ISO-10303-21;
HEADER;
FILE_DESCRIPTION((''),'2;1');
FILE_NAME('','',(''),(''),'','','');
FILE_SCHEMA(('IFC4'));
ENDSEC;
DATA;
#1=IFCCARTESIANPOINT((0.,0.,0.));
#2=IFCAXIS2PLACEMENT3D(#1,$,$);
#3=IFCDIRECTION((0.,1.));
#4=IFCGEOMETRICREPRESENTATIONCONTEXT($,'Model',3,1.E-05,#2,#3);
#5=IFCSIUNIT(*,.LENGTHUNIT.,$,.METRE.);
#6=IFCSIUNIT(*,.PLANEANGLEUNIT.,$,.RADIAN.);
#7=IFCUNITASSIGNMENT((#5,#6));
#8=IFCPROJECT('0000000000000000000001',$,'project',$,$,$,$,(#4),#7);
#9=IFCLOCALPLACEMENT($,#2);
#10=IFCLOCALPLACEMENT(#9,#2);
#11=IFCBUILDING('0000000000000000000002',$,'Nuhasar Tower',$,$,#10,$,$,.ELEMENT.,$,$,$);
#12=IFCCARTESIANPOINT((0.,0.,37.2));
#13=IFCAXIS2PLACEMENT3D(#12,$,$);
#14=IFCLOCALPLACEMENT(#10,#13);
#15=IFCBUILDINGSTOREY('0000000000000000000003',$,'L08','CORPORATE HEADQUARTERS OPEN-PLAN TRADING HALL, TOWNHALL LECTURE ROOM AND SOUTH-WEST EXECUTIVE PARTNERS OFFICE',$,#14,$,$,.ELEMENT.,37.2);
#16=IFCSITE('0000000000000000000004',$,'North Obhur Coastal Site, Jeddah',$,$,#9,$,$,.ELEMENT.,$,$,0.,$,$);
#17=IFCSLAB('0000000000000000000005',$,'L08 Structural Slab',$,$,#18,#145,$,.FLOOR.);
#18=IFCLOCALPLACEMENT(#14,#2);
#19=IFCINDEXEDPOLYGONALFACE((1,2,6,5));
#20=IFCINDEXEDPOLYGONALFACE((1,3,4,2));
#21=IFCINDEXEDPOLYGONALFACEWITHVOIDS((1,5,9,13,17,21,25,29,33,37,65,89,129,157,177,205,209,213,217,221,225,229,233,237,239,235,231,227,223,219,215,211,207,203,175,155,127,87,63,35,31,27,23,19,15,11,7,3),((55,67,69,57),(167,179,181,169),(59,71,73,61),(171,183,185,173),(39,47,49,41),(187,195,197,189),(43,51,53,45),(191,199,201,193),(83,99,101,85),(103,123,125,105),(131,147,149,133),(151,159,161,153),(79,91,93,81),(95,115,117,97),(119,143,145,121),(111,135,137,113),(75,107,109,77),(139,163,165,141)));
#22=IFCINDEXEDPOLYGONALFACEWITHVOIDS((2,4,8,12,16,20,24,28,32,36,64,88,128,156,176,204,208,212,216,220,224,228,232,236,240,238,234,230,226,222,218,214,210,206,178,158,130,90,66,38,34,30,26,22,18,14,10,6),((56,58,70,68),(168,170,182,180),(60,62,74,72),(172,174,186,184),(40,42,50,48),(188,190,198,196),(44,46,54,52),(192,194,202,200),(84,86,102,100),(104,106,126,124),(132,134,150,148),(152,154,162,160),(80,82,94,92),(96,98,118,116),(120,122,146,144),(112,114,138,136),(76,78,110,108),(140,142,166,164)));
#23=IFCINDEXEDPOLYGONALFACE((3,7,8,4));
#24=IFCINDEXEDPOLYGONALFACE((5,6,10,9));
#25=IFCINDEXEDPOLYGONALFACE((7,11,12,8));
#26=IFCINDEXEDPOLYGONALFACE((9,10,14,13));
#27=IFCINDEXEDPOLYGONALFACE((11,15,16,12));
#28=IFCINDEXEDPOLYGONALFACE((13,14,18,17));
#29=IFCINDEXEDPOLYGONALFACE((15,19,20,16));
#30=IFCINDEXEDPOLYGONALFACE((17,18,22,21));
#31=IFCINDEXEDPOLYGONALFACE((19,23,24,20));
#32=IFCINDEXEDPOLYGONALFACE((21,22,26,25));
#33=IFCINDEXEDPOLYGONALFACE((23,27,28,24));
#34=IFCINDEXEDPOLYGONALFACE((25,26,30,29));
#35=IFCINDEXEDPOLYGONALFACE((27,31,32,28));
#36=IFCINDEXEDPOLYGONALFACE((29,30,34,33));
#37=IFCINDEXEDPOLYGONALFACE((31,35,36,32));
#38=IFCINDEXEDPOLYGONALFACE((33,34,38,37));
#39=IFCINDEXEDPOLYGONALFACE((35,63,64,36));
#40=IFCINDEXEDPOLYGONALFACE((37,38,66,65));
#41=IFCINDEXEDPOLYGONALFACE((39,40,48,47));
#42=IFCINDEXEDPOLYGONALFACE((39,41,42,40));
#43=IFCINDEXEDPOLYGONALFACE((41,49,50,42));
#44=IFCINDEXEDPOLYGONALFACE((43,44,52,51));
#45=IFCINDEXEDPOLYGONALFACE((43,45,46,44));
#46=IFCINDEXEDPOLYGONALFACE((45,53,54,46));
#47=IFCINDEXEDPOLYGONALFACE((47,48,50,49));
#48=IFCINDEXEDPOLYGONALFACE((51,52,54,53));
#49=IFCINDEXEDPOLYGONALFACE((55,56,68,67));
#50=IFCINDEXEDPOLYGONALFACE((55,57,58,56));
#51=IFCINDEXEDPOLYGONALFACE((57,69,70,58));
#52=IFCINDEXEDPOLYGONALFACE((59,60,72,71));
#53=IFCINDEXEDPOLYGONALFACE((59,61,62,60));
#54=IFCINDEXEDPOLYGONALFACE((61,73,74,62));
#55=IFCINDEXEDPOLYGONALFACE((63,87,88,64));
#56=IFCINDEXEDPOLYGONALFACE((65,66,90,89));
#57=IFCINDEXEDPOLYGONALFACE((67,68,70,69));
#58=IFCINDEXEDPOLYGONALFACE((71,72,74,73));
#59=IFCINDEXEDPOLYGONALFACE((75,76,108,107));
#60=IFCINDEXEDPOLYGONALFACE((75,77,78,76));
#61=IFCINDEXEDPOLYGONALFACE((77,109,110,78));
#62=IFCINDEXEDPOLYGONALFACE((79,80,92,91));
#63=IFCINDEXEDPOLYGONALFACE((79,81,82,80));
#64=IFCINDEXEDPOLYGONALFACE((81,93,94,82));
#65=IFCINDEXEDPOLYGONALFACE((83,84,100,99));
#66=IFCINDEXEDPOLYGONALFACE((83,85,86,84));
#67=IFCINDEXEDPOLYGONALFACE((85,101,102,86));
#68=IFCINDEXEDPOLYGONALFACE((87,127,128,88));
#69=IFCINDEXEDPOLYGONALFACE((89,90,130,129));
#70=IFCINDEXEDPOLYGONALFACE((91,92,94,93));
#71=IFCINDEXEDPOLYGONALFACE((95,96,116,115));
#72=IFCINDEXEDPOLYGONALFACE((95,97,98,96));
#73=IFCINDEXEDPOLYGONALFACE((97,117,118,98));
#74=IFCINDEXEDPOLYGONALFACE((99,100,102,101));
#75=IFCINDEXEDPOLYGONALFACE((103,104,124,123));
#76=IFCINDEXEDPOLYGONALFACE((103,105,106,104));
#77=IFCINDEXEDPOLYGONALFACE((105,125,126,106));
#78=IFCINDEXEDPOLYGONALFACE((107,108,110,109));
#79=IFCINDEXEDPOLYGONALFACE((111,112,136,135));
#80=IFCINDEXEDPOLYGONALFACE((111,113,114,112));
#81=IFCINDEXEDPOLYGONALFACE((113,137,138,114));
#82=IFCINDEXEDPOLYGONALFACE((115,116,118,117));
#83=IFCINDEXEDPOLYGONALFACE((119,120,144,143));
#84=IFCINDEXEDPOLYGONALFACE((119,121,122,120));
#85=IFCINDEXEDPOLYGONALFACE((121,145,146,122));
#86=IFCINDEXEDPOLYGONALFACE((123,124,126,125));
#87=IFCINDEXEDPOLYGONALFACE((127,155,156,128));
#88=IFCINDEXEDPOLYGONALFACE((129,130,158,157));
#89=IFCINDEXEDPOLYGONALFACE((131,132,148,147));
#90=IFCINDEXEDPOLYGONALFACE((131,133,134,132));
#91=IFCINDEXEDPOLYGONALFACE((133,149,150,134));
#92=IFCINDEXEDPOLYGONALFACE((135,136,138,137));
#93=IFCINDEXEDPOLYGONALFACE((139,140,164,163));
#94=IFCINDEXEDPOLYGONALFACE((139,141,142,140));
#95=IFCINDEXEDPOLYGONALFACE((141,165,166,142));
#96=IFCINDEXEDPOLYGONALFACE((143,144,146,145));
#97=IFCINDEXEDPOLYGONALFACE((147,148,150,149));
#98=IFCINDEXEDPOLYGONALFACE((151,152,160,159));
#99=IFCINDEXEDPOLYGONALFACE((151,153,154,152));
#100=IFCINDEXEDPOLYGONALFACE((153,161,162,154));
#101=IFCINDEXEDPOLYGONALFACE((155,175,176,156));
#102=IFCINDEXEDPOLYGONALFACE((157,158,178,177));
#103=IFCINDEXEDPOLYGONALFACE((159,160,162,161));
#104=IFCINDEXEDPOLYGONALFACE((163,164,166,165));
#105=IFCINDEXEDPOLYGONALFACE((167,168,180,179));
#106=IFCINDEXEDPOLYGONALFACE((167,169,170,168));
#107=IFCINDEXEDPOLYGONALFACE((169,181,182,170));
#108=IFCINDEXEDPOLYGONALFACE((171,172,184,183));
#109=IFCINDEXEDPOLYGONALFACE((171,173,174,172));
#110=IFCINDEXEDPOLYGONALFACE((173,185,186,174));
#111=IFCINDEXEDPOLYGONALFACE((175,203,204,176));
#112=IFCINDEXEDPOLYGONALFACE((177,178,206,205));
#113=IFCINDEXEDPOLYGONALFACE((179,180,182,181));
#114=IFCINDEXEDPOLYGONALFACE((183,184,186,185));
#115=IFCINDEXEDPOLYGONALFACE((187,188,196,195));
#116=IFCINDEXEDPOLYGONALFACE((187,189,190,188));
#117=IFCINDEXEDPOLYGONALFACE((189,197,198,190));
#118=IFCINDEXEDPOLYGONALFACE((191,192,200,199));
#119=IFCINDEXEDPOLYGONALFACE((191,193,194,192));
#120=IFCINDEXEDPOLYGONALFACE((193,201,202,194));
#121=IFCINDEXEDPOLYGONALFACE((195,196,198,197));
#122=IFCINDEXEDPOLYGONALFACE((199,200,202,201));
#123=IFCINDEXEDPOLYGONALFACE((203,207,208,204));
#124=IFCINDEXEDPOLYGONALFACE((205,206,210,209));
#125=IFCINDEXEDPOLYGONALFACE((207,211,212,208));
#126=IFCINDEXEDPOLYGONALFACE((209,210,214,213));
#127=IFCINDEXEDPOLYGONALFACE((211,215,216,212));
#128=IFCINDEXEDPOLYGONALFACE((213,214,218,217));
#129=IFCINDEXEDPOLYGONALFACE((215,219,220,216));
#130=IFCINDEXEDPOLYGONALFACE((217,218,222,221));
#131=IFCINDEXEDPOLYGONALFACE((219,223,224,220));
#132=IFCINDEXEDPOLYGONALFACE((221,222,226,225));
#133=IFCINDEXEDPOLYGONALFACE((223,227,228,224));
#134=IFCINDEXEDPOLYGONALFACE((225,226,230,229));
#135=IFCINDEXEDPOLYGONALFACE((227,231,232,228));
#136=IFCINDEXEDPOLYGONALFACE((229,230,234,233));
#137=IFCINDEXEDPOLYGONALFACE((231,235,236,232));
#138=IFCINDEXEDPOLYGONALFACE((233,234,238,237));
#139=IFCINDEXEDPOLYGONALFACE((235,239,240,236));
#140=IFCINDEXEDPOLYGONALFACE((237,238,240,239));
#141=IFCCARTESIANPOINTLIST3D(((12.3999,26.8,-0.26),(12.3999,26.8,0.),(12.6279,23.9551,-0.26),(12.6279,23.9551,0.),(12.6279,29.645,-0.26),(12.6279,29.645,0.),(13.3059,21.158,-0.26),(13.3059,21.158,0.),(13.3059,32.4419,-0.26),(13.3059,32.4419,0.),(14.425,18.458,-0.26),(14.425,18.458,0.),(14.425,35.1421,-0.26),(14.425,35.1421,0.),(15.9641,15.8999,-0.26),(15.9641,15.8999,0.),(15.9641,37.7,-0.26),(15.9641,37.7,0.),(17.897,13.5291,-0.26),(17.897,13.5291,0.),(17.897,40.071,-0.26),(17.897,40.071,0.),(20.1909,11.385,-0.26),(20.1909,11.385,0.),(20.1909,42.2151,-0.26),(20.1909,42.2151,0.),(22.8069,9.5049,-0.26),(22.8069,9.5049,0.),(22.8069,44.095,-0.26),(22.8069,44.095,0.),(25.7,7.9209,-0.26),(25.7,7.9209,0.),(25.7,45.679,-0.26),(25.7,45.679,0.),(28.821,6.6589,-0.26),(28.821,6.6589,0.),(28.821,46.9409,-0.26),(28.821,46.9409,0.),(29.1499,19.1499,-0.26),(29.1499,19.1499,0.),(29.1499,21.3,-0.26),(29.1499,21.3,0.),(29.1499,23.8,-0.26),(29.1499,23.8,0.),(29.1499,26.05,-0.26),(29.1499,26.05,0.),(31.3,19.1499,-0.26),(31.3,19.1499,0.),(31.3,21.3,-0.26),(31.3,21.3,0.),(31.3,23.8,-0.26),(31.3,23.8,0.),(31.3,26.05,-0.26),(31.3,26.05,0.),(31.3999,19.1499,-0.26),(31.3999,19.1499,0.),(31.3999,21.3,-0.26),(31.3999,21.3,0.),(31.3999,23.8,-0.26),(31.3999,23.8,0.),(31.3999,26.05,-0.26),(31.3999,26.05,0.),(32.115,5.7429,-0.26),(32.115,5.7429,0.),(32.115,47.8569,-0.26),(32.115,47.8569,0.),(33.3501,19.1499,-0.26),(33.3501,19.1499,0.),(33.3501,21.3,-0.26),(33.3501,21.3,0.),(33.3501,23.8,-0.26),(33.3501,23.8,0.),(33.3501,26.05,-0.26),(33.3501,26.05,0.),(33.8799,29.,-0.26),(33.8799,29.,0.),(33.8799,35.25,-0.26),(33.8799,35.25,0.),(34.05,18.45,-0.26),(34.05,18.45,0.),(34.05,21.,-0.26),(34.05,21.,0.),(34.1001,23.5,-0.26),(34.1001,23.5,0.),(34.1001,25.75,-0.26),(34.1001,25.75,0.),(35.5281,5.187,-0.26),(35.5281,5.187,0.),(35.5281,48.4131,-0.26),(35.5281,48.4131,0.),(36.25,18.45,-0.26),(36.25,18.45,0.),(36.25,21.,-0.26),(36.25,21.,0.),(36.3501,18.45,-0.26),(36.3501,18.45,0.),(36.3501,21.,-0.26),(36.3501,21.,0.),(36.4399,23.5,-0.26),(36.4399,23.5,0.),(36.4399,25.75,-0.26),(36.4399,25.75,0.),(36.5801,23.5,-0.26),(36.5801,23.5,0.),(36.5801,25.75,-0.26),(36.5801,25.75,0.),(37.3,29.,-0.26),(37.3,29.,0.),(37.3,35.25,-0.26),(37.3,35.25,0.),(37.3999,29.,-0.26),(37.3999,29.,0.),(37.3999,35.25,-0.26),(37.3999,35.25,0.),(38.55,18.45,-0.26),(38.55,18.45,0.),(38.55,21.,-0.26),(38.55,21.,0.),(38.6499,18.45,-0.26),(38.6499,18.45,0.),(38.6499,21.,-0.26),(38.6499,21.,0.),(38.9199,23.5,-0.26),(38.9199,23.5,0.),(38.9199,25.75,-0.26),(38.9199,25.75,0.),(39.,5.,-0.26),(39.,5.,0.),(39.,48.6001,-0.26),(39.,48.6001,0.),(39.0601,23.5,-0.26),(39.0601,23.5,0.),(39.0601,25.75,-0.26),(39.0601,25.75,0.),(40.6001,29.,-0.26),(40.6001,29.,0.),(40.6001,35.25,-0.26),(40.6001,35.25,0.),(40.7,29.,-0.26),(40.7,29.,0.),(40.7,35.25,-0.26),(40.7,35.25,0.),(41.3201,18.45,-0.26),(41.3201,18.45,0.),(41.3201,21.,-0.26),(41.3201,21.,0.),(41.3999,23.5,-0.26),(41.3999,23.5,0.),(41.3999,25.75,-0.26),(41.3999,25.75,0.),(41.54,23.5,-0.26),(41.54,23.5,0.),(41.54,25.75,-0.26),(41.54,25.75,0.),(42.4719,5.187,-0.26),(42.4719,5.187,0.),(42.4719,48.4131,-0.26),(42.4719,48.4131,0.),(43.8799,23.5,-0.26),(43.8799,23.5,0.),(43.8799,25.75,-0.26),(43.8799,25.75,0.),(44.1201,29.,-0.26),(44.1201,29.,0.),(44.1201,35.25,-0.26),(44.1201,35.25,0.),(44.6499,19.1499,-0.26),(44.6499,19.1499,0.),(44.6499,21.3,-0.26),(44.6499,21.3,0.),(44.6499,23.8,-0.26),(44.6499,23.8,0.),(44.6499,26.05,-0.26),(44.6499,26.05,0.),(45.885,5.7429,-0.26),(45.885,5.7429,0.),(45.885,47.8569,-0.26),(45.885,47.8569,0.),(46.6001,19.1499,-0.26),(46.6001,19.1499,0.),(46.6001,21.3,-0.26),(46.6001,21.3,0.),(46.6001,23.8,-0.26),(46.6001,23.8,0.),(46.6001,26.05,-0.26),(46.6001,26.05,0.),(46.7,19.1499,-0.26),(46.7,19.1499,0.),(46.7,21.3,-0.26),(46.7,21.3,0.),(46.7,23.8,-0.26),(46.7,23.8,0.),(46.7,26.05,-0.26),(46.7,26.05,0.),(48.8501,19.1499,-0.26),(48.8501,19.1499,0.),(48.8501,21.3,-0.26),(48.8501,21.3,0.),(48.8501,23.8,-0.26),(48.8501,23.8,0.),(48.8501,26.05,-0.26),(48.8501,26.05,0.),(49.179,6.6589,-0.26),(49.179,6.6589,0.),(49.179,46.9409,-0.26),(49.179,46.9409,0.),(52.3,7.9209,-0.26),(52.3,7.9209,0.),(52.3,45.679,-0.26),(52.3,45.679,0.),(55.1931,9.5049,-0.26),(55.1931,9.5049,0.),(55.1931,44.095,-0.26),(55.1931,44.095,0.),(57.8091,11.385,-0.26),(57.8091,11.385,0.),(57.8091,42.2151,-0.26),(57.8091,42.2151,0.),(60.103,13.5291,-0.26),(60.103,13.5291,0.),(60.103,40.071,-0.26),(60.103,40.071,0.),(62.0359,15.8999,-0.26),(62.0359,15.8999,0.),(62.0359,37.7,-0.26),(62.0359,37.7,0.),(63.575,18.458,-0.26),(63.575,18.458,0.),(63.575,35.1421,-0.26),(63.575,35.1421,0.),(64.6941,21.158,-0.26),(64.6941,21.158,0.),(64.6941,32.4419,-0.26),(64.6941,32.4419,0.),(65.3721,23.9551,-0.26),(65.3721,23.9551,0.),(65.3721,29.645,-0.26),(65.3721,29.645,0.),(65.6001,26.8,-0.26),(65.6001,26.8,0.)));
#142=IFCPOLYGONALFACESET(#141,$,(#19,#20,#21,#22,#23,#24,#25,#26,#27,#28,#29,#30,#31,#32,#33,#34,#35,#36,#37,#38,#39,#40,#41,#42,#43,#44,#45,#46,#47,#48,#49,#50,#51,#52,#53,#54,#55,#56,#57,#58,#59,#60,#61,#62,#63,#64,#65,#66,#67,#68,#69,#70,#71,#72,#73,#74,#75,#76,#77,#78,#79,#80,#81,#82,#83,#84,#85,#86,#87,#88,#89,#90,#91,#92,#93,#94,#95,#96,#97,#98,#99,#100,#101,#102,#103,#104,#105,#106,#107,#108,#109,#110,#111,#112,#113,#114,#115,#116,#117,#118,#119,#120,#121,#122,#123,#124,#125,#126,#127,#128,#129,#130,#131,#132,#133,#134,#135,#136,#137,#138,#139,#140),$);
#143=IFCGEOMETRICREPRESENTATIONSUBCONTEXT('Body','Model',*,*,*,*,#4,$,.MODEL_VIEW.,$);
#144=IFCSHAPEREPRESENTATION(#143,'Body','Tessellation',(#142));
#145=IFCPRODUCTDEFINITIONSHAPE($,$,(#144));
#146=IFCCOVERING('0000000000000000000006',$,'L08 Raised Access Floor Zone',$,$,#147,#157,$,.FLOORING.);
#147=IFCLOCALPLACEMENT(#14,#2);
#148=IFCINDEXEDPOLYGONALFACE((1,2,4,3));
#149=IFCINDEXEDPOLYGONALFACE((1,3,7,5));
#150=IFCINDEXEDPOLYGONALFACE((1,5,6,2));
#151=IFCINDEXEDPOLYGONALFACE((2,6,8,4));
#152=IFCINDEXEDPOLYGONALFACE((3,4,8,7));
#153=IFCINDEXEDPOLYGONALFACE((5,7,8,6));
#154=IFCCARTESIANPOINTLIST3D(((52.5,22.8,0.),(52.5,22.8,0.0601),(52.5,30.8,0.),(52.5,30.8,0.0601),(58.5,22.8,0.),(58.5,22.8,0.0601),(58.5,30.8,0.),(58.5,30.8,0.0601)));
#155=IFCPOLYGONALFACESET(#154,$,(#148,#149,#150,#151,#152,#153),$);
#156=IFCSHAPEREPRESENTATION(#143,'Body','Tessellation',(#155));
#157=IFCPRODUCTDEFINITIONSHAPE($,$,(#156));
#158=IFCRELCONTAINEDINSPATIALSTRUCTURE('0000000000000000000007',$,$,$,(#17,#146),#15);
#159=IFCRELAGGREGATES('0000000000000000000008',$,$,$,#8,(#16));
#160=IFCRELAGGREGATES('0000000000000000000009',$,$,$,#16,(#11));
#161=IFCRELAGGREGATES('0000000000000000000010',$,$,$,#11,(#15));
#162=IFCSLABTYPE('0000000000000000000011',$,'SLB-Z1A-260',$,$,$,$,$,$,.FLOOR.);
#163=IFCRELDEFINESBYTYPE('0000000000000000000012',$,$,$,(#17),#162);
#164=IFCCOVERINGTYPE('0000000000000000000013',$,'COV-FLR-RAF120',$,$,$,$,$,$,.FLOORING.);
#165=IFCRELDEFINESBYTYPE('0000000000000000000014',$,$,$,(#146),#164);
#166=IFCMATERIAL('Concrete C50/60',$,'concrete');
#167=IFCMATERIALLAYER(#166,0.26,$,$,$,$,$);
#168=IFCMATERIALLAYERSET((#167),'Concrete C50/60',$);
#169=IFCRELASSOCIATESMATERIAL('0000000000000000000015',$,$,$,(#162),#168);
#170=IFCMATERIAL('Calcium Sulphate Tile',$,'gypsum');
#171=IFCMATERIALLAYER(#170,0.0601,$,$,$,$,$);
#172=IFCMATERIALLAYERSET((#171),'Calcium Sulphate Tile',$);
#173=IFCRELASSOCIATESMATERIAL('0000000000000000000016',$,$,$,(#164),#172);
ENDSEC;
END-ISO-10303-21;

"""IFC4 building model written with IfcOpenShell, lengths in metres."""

from ifc_helpers import new_model, si_unit, direction, frame, origin, place, context, subcontext, project, spatial, polyline, outline, extrude, material, layer, layer_set, type_object, element, save


model = new_model("IFC4")

# Units and contexts
model_context = context("Model", 3, precision=1e-05, world=origin(), true_north=direction((0.0, 1.0)))
body_context = subcontext(model_context, "Body", "Model", "MODEL_VIEW")
ifc_project = project(units=[si_unit("LENGTHUNIT", "METRE"), si_unit("PLANEANGLEUNIT", "RADIAN")], contexts=[model_context])

# Site, building, storey
site_placement = place(None, origin())
site = spatial("IfcSite", under=ifc_project, at=site_placement, Name="North Obhur Coastal Site, Jeddah", CompositionType="ELEMENT", RefElevation=0.0)
building_placement = place(site_placement, origin())
building = spatial("IfcBuilding", under=site, at=building_placement, Name="Nuhasar Tower", CompositionType="ELEMENT")
storey_placement = place(building_placement, frame((0.0, 0.0, 37.2)))
storey = spatial("IfcBuildingStorey", under=building, at=storey_placement, Name="L08", Description="CORPORATE HEADQUARTERS OPEN-PLAN TRADING HALL, TOWNHALL LECTURE ROOM AND SOUTH-WEST EXECUTIVE PARTNERS OFFICE", CompositionType="ELEMENT", Elevation=37.2)

# Slab
ifc_material_1 = material(Name="Concrete C50/60", Category="concrete")
ifc_layer_1 = layer(ifc_material_1, 0.26)
ifc_layer_set_1 = layer_set([ifc_layer_1], Name="Concrete C50/60")
slab_type_1 = type_object("IfcSlabType", Name="SLB-Z1A-260", PredefinedType="FLOOR", material=ifc_layer_set_1)
slab_1_placement = place(storey_placement, frame((0.0, 0.0, -0.26)))
element("IfcSlab", 1, at=slab_1_placement, inside=storey, type_object=slab_type_1, Name="L08 Structural Slab", PredefinedType="FLOOR", context=body_context, shape_type="SweptSolid", body=[
    extrude(outline(polyline([(65.6001, 26.8), (65.3721, 29.645), (64.6941, 32.4419), (63.575, 35.1421), (62.0359, 37.7), (60.103, 40.071), (57.8091, 42.2151), (55.1931, 44.095), (52.3, 45.679), (49.179, 46.9409), (45.885, 47.8569), (42.4719, 48.4131), (39.0, 48.6001), (35.5281, 48.4131), (32.115, 47.8569), (28.821, 46.9409), (25.7, 45.679), (22.8069, 44.095), (20.1909, 42.2151), (17.897, 40.071), (15.9641, 37.7), (14.425, 35.1421), (13.3059, 32.4419), (12.6279, 29.645), (12.3999, 26.8), (12.6279, 23.9551), (13.3059, 21.158), (14.425, 18.458), (15.9641, 15.8999), (17.897, 13.5291), (20.1909, 11.385), (22.8069, 9.5049), (25.7, 7.9209), (28.821, 6.6589), (32.115, 5.7429), (35.5281, 5.187), (39.0, 5.0), (42.4719, 5.187), (45.885, 5.7429), (49.179, 6.6589), (52.3, 7.9209), (55.1931, 9.5049), (57.8091, 11.385), (60.103, 13.5291), (62.0359, 15.8999), (63.575, 18.458), (64.6941, 21.158), (65.3721, 23.9551), (65.6001, 26.8)]), holes=[polyline([(33.8799, 35.25), (37.3, 35.25), (37.3, 29.0), (33.8799, 29.0), (33.8799, 35.25)]), polyline([(37.3999, 35.25), (40.6001, 35.25), (40.6001, 29.0), (37.3999, 29.0), (37.3999, 35.25)]), polyline([(40.7, 35.25), (44.1201, 35.25), (44.1201, 29.0), (40.7, 29.0), (40.7, 35.25)]), polyline([(29.1499, 26.05), (31.3, 26.05), (31.3, 23.8), (29.1499, 23.8), (29.1499, 26.05)]), polyline([(31.3999, 26.05), (33.3501, 26.05), (33.3501, 23.8), (31.3999, 23.8), (31.3999, 26.05)]), polyline([(29.1499, 21.3), (31.3, 21.3), (31.3, 19.1499), (29.1499, 19.1499), (29.1499, 21.3)]), polyline([(31.3999, 21.3), (33.3501, 21.3), (33.3501, 19.1499), (31.3999, 19.1499), (31.3999, 21.3)]), polyline([(44.6499, 26.05), (46.6001, 26.05), (46.6001, 23.8), (44.6499, 23.8), (44.6499, 26.05)]), polyline([(46.7, 26.05), (48.8501, 26.05), (48.8501, 23.8), (46.7, 23.8), (46.7, 26.05)]), polyline([(44.6499, 21.3), (46.6001, 21.3), (46.6001, 19.1499), (44.6499, 19.1499), (44.6499, 21.3)]), polyline([(46.7, 21.3), (48.8501, 21.3), (48.8501, 19.1499), (46.7, 19.1499), (46.7, 21.3)]), polyline([(34.1001, 25.75), (36.4399, 25.75), (36.4399, 23.5), (34.1001, 23.5), (34.1001, 25.75)]), polyline([(36.5801, 25.75), (38.9199, 25.75), (38.9199, 23.5), (36.5801, 23.5), (36.5801, 25.75)]), polyline([(39.0601, 25.75), (41.3999, 25.75), (41.3999, 23.5), (39.0601, 23.5), (39.0601, 25.75)]), polyline([(41.54, 25.75), (43.8799, 25.75), (43.8799, 23.5), (41.54, 23.5), (41.54, 25.75)]), polyline([(34.05, 21.0), (36.25, 21.0), (36.25, 18.45), (34.05, 18.45), (34.05, 21.0)]), polyline([(36.3501, 21.0), (38.55, 21.0), (38.55, 18.45), (36.3501, 18.45), (36.3501, 21.0)]), polyline([(38.6499, 21.0), (41.3201, 21.0), (41.3201, 18.45), (38.6499, 18.45), (38.6499, 21.0)])]), origin(), (0.0, 0.0, 1.0), 0.26),
])

# Covering
ifc_material_2 = material(Name="Calcium Sulphate Tile", Category="gypsum")
ifc_layer_2 = layer(ifc_material_2, 0.0601)
ifc_layer_set_2 = layer_set([ifc_layer_2], Name="Calcium Sulphate Tile")
covering_type = type_object("IfcCoveringType", Name="COV-FLR-RAF120", PredefinedType="FLOORING", material=ifc_layer_set_2)
covering_placement = place(storey_placement, origin())
element("IfcCovering", 2, at=covering_placement, inside=storey, type_object=covering_type, Name="L08 Raised Access Floor Zone", PredefinedType="FLOORING", context=body_context, shape_type="SweptSolid", body=[
    extrude(outline(polyline([(52.5, 22.8), (58.5, 22.8), (58.5, 30.8), (52.5, 30.8), (52.5, 22.8)])), origin(), (0.0, 0.0, 1.0), 0.0601),
])

save(model, "model.ifc")
